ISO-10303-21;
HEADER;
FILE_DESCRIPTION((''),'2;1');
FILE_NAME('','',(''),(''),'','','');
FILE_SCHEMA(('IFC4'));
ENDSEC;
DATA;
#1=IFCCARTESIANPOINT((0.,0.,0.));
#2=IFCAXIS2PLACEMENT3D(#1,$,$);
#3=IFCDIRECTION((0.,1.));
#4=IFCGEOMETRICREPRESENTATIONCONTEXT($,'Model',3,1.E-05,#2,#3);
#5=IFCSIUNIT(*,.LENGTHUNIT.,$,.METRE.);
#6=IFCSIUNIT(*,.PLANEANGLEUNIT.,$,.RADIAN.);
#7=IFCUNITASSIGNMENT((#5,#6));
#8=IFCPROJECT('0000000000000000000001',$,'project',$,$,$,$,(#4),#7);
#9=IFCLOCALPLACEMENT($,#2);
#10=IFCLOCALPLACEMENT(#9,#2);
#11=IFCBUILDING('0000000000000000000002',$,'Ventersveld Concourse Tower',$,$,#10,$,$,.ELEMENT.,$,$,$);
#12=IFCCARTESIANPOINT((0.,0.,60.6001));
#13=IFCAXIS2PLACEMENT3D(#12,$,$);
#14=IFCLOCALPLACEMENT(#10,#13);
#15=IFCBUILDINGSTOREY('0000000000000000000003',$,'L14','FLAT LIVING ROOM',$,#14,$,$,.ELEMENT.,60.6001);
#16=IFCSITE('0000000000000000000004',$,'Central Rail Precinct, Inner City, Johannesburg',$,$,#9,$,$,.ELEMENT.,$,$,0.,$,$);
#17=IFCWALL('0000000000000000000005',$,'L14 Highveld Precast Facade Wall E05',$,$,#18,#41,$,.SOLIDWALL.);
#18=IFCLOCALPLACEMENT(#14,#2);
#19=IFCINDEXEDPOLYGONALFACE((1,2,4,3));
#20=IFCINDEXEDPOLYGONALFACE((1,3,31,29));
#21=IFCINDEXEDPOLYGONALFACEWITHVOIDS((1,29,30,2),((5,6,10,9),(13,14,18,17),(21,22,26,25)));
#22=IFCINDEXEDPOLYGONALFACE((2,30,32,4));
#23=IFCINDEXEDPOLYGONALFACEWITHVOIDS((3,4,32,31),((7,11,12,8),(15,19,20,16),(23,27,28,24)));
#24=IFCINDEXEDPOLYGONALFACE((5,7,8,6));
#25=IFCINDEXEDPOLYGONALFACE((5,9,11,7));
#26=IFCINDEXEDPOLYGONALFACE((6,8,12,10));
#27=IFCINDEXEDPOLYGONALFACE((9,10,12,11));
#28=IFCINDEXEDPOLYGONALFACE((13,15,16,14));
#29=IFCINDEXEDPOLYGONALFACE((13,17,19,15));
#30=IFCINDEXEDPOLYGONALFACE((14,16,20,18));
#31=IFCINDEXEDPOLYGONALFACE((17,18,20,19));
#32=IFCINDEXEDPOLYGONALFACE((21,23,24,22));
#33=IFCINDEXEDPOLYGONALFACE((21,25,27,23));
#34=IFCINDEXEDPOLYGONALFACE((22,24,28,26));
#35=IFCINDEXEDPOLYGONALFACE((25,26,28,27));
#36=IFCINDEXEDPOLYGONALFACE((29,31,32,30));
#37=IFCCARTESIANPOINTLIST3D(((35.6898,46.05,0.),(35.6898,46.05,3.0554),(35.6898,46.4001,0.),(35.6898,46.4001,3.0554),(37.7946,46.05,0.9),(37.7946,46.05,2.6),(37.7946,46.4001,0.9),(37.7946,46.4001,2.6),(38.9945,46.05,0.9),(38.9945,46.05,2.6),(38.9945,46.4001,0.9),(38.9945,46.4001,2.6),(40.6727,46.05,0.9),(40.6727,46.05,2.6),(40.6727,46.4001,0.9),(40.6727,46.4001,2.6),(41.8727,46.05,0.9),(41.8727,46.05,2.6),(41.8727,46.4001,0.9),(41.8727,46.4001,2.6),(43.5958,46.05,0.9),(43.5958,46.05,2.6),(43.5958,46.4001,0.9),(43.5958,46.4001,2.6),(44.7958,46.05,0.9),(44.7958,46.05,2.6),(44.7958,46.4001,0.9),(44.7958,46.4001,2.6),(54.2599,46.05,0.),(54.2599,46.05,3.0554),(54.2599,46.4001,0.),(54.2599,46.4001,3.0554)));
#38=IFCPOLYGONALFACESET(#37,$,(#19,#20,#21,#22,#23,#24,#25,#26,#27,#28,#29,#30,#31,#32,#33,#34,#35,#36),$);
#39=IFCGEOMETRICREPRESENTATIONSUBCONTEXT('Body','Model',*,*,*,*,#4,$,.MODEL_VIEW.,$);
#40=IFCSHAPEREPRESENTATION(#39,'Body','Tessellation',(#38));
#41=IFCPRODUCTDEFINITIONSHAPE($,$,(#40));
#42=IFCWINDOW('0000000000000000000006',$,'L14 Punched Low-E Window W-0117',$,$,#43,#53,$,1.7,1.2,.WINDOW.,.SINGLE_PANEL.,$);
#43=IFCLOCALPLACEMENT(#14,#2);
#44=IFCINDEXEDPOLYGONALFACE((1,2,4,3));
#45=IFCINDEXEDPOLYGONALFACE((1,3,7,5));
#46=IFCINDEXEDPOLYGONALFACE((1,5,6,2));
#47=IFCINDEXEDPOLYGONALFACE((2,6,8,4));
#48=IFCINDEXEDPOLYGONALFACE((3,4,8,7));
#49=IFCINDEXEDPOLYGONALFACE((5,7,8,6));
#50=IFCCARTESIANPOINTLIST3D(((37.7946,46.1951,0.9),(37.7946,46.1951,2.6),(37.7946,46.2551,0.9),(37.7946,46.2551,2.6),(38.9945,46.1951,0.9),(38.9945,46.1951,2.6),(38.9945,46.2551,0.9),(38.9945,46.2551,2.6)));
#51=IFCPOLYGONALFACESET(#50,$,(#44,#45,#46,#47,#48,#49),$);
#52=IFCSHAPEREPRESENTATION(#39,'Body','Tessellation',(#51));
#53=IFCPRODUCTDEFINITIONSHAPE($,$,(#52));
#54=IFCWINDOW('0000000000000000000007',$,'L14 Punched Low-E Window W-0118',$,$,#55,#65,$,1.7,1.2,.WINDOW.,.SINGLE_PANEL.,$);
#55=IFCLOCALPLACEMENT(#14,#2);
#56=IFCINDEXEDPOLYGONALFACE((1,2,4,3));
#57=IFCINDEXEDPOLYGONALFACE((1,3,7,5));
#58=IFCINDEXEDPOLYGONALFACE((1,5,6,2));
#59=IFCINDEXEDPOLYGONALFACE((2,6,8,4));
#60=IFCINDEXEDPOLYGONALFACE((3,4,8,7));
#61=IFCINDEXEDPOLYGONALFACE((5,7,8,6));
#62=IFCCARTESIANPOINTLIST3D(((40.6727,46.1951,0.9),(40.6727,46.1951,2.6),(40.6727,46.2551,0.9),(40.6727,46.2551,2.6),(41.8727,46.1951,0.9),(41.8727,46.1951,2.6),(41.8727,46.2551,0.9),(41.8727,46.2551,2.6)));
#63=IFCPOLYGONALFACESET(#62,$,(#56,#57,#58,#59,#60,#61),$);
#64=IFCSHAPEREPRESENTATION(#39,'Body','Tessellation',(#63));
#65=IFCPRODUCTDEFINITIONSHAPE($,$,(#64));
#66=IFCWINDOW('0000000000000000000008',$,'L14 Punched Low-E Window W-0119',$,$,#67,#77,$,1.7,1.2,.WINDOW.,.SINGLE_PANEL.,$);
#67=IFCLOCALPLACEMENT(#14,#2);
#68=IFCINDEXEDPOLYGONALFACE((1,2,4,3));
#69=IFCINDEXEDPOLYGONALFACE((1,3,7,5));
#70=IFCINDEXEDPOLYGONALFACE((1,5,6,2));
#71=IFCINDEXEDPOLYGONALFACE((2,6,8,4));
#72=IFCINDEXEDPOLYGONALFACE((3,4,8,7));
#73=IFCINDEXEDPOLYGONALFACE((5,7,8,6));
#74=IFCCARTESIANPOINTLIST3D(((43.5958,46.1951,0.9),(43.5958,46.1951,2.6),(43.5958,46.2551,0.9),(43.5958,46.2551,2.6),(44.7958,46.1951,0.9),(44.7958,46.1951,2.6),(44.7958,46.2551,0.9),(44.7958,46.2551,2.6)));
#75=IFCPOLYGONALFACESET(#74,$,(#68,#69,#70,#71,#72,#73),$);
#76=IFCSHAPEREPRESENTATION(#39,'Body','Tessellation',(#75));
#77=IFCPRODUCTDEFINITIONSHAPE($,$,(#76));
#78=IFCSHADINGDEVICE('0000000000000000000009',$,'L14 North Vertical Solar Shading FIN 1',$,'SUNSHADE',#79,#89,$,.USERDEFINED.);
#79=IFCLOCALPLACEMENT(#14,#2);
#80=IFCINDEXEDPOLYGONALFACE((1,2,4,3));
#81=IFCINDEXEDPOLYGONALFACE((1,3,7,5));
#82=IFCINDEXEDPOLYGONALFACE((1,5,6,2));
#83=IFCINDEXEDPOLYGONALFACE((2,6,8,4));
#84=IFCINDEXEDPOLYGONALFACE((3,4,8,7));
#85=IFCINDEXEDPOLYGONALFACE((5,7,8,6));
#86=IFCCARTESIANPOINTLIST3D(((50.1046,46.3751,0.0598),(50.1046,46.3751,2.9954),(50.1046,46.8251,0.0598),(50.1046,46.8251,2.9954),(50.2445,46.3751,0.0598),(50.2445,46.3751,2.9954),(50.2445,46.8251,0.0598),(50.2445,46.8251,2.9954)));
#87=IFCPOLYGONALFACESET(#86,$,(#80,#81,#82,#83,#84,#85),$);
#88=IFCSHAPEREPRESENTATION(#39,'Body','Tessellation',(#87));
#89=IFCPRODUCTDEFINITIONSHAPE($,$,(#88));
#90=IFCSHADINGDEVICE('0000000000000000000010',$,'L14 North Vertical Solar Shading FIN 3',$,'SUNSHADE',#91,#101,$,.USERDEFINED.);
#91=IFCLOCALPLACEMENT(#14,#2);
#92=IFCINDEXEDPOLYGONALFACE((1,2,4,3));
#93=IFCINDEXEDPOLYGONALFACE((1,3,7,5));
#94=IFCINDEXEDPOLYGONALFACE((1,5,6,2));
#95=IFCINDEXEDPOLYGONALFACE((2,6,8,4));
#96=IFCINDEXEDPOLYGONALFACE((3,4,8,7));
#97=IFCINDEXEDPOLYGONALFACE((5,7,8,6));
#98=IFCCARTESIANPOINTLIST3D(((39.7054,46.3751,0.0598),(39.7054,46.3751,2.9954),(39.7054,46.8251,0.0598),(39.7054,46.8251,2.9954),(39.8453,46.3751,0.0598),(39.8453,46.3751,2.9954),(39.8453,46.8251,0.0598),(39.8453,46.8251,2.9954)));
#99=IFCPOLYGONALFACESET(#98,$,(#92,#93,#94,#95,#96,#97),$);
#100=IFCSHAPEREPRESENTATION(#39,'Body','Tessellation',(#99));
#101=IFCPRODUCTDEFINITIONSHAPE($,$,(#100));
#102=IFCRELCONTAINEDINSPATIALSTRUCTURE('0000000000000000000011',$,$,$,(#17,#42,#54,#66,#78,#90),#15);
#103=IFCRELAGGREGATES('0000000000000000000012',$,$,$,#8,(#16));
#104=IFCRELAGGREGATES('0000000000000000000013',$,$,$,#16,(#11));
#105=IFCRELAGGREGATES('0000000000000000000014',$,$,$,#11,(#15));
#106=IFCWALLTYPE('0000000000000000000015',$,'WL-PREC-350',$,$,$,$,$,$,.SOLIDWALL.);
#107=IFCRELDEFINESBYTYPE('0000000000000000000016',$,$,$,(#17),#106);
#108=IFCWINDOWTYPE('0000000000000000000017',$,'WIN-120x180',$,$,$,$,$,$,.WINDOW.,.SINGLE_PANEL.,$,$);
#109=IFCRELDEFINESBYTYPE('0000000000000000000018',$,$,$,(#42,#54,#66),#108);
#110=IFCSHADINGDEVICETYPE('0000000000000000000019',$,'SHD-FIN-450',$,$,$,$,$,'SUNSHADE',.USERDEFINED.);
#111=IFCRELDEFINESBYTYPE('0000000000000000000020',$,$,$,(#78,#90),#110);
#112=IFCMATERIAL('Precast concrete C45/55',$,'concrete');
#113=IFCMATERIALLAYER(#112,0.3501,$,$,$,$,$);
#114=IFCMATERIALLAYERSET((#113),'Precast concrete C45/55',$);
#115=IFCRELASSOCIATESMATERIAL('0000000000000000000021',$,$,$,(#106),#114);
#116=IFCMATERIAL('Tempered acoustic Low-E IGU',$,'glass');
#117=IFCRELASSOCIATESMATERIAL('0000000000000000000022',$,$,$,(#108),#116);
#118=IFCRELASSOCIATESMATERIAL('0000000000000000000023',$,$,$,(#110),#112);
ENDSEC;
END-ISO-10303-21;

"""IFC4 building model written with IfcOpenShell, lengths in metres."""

from ifc_helpers import new_model, si_unit, direction, frame, frame_2d, origin, origin_2d, place, context, subcontext, project, spatial, rectangle, extrude, material, layer, layer_set, type_object, element, fill, save


model = new_model("IFC4")

# Units and contexts
model_context = context("Model", 3, precision=1e-05, world=origin(), true_north=direction((0.0, 1.0)))
body_context = subcontext(model_context, "Body", "Model", "MODEL_VIEW")
ifc_project = project(units=[si_unit("LENGTHUNIT", "METRE"), si_unit("PLANEANGLEUNIT", "RADIAN")], contexts=[model_context])

# Site, building, storey
site_placement = place(None, origin())
site = spatial("IfcSite", under=ifc_project, at=site_placement, Name="Central Rail Precinct, Inner City, Johannesburg", CompositionType="ELEMENT", RefElevation=0.0)
building_placement = place(site_placement, origin())
building = spatial("IfcBuilding", under=site, at=building_placement, Name="Ventersveld Concourse Tower", CompositionType="ELEMENT")
storey_placement = place(building_placement, frame((0.0, 0.0, 60.6001)))
storey = spatial("IfcBuildingStorey", under=building, at=storey_placement, Name="L14", Description="FLAT LIVING ROOM", CompositionType="ELEMENT", Elevation=60.6001)

# Shared definitions
ifc_material_1 = material(Name="Precast concrete C45/55", Category="concrete")
ifc_layer_1 = layer(ifc_material_1, 0.3501)
ifc_layer_set_1 = layer_set([ifc_layer_1], Name="Precast concrete C45/55")
wall_type_1 = type_object("IfcWallType", Name="WL-PREC-350", PredefinedType="SOLIDWALL", material=ifc_layer_set_1)

# Wall, openings, windows
wall_1_placement = place(storey_placement, frame((54.26, 46.2251, 0.0), z_axis=(0.0, 0.0, 1.0), x_axis=(-1.0, 0.0, 0.0)))
wall_1 = element("IfcWall", 1, at=wall_1_placement, inside=storey, type_object=wall_type_1, Name="L14 Highveld Precast Facade Wall E05", PredefinedType="SOLIDWALL", context=body_context, shape_type="SweptSolid", body=[
    extrude(rectangle(XDim=18.5701, YDim=0.3501, at=frame_2d((9.2852, 0.0))), origin(), (0.0, 0.0, 1.0), 3.0554),
])
opening_1_placement = place(wall_1_placement, frame((15.2654, 0.0, 0.8999)))
opening_1 = element("IfcOpeningElement", 2, at=opening_1_placement, cuts=wall_1, PredefinedType="OPENING", context=body_context, shape_type="SweptSolid", body=[
    extrude(rectangle(XDim=1.2, YDim=1.7, at=frame_2d((0.6001, 0.8501))), frame((0.0, 0.1851, 0.0), z_axis=(0.0, -1.0, 0.0), x_axis=(1.0, 0.0, 0.0)), (0.0, 0.0, 1.0), 0.3701),
])
opening_2_placement = place(wall_1_placement, frame((12.3872, 0.0, 0.8999)))
opening_2 = element("IfcOpeningElement", 3, at=opening_2_placement, cuts=wall_1, PredefinedType="OPENING", context=body_context, shape_type="SweptSolid", body=[
    extrude(rectangle(XDim=1.2, YDim=1.7, at=frame_2d((0.6001, 0.8501))), frame((0.0, 0.1851, 0.0), z_axis=(0.0, -1.0, 0.0), x_axis=(1.0, 0.0, 0.0)), (0.0, 0.0, 1.0), 0.3701),
])
opening_3_placement = place(wall_1_placement, frame((9.4641, 0.0, 0.8999)))
opening_3 = element("IfcOpeningElement", 4, at=opening_3_placement, cuts=wall_1, PredefinedType="OPENING", context=body_context, shape_type="SweptSolid", body=[
    extrude(rectangle(XDim=1.2, YDim=1.7, at=frame_2d((0.6001, 0.8501))), frame((0.0, 0.1851, 0.0), z_axis=(0.0, -1.0, 0.0), x_axis=(1.0, 0.0, 0.0)), (0.0, 0.0, 1.0), 0.3701),
])
ifc_material_2 = material(Name="Tempered acoustic Low-E IGU", Category="glass")
window_type = type_object("IfcWindowType", Name="WIN-120x180", PartitioningType="SINGLE_PANEL", PredefinedType="WINDOW", material=ifc_material_2)
window_1_placement = place(opening_1_placement, origin())
window_1 = element("IfcWindow", 5, at=window_1_placement, inside=storey, type_object=window_type, Name="L14 Punched Low-E Window W-0117", OverallHeight=1.7, OverallWidth=1.2, PartitioningType="SINGLE_PANEL", PredefinedType="WINDOW", context=body_context, shape_type="SweptSolid", body=[
    extrude(rectangle(XDim=1.2, YDim=1.7, at=frame_2d((0.6001, 0.8501))), frame((0.0, 0.03, 0.0), z_axis=(0.0, -1.0, 0.0), x_axis=(1.0, 0.0, 0.0)), (0.0, 0.0, 1.0), 0.0601),
])
fill(opening_1, window_1)
window_2_placement = place(opening_2_placement, origin())
window_2 = element("IfcWindow", 6, at=window_2_placement, inside=storey, type_object=window_type, Name="L14 Punched Low-E Window W-0118", OverallHeight=1.7, OverallWidth=1.2, PartitioningType="SINGLE_PANEL", PredefinedType="WINDOW", context=body_context, shape_type="SweptSolid", body=[
    extrude(rectangle(XDim=1.2, YDim=1.7, at=frame_2d((0.6001, 0.8501))), frame((0.0, 0.03, 0.0), z_axis=(0.0, -1.0, 0.0), x_axis=(1.0, 0.0, 0.0)), (0.0, 0.0, 1.0), 0.0601),
])
fill(opening_2, window_2)
window_3_placement = place(opening_3_placement, origin())
window_3 = element("IfcWindow", 7, at=window_3_placement, inside=storey, type_object=window_type, Name="L14 Punched Low-E Window W-0119", OverallHeight=1.7, OverallWidth=1.2, PartitioningType="SINGLE_PANEL", PredefinedType="WINDOW", context=body_context, shape_type="SweptSolid", body=[
    extrude(rectangle(XDim=1.2, YDim=1.7, at=frame_2d((0.6001, 0.8501))), frame((0.0, 0.03, 0.0), z_axis=(0.0, -1.0, 0.0), x_axis=(1.0, 0.0, 0.0)), (0.0, 0.0, 1.0), 0.0601),
])
fill(opening_3, window_3)

# Shading devices
shading_device_type = type_object("IfcShadingDeviceType", Name="SHD-FIN-450", ElementType="SUNSHADE", PredefinedType="USERDEFINED", material=ifc_material_1)
for number, where, z_axis, x_axis, name in (
    (8, (50.1746, 46.6001, 0.0598), (0.0, 0.0, 1.0), (1.0, 0.0, 0.0), "L14 North Vertical Solar Shading FIN 1"),
    (9, (39.7754, 46.6001, 0.0598), (0.0, 0.0, 1.0), (1.0, 0.0, 0.0), "L14 North Vertical Solar Shading FIN 3"),
):
    element("IfcShadingDevice", number, at=place(storey_placement, frame(where, z_axis=z_axis, x_axis=x_axis)), inside=storey, type_object=shading_device_type, Name=name, ObjectType="SUNSHADE", PredefinedType="USERDEFINED", context=body_context, shape_type="SweptSolid", body=[
        extrude(rectangle(XDim=0.1399, YDim=0.45, at=origin_2d()), origin(), (0.0, 0.0, 1.0), 2.9355),
    ])

save(model, "model.ifc")
